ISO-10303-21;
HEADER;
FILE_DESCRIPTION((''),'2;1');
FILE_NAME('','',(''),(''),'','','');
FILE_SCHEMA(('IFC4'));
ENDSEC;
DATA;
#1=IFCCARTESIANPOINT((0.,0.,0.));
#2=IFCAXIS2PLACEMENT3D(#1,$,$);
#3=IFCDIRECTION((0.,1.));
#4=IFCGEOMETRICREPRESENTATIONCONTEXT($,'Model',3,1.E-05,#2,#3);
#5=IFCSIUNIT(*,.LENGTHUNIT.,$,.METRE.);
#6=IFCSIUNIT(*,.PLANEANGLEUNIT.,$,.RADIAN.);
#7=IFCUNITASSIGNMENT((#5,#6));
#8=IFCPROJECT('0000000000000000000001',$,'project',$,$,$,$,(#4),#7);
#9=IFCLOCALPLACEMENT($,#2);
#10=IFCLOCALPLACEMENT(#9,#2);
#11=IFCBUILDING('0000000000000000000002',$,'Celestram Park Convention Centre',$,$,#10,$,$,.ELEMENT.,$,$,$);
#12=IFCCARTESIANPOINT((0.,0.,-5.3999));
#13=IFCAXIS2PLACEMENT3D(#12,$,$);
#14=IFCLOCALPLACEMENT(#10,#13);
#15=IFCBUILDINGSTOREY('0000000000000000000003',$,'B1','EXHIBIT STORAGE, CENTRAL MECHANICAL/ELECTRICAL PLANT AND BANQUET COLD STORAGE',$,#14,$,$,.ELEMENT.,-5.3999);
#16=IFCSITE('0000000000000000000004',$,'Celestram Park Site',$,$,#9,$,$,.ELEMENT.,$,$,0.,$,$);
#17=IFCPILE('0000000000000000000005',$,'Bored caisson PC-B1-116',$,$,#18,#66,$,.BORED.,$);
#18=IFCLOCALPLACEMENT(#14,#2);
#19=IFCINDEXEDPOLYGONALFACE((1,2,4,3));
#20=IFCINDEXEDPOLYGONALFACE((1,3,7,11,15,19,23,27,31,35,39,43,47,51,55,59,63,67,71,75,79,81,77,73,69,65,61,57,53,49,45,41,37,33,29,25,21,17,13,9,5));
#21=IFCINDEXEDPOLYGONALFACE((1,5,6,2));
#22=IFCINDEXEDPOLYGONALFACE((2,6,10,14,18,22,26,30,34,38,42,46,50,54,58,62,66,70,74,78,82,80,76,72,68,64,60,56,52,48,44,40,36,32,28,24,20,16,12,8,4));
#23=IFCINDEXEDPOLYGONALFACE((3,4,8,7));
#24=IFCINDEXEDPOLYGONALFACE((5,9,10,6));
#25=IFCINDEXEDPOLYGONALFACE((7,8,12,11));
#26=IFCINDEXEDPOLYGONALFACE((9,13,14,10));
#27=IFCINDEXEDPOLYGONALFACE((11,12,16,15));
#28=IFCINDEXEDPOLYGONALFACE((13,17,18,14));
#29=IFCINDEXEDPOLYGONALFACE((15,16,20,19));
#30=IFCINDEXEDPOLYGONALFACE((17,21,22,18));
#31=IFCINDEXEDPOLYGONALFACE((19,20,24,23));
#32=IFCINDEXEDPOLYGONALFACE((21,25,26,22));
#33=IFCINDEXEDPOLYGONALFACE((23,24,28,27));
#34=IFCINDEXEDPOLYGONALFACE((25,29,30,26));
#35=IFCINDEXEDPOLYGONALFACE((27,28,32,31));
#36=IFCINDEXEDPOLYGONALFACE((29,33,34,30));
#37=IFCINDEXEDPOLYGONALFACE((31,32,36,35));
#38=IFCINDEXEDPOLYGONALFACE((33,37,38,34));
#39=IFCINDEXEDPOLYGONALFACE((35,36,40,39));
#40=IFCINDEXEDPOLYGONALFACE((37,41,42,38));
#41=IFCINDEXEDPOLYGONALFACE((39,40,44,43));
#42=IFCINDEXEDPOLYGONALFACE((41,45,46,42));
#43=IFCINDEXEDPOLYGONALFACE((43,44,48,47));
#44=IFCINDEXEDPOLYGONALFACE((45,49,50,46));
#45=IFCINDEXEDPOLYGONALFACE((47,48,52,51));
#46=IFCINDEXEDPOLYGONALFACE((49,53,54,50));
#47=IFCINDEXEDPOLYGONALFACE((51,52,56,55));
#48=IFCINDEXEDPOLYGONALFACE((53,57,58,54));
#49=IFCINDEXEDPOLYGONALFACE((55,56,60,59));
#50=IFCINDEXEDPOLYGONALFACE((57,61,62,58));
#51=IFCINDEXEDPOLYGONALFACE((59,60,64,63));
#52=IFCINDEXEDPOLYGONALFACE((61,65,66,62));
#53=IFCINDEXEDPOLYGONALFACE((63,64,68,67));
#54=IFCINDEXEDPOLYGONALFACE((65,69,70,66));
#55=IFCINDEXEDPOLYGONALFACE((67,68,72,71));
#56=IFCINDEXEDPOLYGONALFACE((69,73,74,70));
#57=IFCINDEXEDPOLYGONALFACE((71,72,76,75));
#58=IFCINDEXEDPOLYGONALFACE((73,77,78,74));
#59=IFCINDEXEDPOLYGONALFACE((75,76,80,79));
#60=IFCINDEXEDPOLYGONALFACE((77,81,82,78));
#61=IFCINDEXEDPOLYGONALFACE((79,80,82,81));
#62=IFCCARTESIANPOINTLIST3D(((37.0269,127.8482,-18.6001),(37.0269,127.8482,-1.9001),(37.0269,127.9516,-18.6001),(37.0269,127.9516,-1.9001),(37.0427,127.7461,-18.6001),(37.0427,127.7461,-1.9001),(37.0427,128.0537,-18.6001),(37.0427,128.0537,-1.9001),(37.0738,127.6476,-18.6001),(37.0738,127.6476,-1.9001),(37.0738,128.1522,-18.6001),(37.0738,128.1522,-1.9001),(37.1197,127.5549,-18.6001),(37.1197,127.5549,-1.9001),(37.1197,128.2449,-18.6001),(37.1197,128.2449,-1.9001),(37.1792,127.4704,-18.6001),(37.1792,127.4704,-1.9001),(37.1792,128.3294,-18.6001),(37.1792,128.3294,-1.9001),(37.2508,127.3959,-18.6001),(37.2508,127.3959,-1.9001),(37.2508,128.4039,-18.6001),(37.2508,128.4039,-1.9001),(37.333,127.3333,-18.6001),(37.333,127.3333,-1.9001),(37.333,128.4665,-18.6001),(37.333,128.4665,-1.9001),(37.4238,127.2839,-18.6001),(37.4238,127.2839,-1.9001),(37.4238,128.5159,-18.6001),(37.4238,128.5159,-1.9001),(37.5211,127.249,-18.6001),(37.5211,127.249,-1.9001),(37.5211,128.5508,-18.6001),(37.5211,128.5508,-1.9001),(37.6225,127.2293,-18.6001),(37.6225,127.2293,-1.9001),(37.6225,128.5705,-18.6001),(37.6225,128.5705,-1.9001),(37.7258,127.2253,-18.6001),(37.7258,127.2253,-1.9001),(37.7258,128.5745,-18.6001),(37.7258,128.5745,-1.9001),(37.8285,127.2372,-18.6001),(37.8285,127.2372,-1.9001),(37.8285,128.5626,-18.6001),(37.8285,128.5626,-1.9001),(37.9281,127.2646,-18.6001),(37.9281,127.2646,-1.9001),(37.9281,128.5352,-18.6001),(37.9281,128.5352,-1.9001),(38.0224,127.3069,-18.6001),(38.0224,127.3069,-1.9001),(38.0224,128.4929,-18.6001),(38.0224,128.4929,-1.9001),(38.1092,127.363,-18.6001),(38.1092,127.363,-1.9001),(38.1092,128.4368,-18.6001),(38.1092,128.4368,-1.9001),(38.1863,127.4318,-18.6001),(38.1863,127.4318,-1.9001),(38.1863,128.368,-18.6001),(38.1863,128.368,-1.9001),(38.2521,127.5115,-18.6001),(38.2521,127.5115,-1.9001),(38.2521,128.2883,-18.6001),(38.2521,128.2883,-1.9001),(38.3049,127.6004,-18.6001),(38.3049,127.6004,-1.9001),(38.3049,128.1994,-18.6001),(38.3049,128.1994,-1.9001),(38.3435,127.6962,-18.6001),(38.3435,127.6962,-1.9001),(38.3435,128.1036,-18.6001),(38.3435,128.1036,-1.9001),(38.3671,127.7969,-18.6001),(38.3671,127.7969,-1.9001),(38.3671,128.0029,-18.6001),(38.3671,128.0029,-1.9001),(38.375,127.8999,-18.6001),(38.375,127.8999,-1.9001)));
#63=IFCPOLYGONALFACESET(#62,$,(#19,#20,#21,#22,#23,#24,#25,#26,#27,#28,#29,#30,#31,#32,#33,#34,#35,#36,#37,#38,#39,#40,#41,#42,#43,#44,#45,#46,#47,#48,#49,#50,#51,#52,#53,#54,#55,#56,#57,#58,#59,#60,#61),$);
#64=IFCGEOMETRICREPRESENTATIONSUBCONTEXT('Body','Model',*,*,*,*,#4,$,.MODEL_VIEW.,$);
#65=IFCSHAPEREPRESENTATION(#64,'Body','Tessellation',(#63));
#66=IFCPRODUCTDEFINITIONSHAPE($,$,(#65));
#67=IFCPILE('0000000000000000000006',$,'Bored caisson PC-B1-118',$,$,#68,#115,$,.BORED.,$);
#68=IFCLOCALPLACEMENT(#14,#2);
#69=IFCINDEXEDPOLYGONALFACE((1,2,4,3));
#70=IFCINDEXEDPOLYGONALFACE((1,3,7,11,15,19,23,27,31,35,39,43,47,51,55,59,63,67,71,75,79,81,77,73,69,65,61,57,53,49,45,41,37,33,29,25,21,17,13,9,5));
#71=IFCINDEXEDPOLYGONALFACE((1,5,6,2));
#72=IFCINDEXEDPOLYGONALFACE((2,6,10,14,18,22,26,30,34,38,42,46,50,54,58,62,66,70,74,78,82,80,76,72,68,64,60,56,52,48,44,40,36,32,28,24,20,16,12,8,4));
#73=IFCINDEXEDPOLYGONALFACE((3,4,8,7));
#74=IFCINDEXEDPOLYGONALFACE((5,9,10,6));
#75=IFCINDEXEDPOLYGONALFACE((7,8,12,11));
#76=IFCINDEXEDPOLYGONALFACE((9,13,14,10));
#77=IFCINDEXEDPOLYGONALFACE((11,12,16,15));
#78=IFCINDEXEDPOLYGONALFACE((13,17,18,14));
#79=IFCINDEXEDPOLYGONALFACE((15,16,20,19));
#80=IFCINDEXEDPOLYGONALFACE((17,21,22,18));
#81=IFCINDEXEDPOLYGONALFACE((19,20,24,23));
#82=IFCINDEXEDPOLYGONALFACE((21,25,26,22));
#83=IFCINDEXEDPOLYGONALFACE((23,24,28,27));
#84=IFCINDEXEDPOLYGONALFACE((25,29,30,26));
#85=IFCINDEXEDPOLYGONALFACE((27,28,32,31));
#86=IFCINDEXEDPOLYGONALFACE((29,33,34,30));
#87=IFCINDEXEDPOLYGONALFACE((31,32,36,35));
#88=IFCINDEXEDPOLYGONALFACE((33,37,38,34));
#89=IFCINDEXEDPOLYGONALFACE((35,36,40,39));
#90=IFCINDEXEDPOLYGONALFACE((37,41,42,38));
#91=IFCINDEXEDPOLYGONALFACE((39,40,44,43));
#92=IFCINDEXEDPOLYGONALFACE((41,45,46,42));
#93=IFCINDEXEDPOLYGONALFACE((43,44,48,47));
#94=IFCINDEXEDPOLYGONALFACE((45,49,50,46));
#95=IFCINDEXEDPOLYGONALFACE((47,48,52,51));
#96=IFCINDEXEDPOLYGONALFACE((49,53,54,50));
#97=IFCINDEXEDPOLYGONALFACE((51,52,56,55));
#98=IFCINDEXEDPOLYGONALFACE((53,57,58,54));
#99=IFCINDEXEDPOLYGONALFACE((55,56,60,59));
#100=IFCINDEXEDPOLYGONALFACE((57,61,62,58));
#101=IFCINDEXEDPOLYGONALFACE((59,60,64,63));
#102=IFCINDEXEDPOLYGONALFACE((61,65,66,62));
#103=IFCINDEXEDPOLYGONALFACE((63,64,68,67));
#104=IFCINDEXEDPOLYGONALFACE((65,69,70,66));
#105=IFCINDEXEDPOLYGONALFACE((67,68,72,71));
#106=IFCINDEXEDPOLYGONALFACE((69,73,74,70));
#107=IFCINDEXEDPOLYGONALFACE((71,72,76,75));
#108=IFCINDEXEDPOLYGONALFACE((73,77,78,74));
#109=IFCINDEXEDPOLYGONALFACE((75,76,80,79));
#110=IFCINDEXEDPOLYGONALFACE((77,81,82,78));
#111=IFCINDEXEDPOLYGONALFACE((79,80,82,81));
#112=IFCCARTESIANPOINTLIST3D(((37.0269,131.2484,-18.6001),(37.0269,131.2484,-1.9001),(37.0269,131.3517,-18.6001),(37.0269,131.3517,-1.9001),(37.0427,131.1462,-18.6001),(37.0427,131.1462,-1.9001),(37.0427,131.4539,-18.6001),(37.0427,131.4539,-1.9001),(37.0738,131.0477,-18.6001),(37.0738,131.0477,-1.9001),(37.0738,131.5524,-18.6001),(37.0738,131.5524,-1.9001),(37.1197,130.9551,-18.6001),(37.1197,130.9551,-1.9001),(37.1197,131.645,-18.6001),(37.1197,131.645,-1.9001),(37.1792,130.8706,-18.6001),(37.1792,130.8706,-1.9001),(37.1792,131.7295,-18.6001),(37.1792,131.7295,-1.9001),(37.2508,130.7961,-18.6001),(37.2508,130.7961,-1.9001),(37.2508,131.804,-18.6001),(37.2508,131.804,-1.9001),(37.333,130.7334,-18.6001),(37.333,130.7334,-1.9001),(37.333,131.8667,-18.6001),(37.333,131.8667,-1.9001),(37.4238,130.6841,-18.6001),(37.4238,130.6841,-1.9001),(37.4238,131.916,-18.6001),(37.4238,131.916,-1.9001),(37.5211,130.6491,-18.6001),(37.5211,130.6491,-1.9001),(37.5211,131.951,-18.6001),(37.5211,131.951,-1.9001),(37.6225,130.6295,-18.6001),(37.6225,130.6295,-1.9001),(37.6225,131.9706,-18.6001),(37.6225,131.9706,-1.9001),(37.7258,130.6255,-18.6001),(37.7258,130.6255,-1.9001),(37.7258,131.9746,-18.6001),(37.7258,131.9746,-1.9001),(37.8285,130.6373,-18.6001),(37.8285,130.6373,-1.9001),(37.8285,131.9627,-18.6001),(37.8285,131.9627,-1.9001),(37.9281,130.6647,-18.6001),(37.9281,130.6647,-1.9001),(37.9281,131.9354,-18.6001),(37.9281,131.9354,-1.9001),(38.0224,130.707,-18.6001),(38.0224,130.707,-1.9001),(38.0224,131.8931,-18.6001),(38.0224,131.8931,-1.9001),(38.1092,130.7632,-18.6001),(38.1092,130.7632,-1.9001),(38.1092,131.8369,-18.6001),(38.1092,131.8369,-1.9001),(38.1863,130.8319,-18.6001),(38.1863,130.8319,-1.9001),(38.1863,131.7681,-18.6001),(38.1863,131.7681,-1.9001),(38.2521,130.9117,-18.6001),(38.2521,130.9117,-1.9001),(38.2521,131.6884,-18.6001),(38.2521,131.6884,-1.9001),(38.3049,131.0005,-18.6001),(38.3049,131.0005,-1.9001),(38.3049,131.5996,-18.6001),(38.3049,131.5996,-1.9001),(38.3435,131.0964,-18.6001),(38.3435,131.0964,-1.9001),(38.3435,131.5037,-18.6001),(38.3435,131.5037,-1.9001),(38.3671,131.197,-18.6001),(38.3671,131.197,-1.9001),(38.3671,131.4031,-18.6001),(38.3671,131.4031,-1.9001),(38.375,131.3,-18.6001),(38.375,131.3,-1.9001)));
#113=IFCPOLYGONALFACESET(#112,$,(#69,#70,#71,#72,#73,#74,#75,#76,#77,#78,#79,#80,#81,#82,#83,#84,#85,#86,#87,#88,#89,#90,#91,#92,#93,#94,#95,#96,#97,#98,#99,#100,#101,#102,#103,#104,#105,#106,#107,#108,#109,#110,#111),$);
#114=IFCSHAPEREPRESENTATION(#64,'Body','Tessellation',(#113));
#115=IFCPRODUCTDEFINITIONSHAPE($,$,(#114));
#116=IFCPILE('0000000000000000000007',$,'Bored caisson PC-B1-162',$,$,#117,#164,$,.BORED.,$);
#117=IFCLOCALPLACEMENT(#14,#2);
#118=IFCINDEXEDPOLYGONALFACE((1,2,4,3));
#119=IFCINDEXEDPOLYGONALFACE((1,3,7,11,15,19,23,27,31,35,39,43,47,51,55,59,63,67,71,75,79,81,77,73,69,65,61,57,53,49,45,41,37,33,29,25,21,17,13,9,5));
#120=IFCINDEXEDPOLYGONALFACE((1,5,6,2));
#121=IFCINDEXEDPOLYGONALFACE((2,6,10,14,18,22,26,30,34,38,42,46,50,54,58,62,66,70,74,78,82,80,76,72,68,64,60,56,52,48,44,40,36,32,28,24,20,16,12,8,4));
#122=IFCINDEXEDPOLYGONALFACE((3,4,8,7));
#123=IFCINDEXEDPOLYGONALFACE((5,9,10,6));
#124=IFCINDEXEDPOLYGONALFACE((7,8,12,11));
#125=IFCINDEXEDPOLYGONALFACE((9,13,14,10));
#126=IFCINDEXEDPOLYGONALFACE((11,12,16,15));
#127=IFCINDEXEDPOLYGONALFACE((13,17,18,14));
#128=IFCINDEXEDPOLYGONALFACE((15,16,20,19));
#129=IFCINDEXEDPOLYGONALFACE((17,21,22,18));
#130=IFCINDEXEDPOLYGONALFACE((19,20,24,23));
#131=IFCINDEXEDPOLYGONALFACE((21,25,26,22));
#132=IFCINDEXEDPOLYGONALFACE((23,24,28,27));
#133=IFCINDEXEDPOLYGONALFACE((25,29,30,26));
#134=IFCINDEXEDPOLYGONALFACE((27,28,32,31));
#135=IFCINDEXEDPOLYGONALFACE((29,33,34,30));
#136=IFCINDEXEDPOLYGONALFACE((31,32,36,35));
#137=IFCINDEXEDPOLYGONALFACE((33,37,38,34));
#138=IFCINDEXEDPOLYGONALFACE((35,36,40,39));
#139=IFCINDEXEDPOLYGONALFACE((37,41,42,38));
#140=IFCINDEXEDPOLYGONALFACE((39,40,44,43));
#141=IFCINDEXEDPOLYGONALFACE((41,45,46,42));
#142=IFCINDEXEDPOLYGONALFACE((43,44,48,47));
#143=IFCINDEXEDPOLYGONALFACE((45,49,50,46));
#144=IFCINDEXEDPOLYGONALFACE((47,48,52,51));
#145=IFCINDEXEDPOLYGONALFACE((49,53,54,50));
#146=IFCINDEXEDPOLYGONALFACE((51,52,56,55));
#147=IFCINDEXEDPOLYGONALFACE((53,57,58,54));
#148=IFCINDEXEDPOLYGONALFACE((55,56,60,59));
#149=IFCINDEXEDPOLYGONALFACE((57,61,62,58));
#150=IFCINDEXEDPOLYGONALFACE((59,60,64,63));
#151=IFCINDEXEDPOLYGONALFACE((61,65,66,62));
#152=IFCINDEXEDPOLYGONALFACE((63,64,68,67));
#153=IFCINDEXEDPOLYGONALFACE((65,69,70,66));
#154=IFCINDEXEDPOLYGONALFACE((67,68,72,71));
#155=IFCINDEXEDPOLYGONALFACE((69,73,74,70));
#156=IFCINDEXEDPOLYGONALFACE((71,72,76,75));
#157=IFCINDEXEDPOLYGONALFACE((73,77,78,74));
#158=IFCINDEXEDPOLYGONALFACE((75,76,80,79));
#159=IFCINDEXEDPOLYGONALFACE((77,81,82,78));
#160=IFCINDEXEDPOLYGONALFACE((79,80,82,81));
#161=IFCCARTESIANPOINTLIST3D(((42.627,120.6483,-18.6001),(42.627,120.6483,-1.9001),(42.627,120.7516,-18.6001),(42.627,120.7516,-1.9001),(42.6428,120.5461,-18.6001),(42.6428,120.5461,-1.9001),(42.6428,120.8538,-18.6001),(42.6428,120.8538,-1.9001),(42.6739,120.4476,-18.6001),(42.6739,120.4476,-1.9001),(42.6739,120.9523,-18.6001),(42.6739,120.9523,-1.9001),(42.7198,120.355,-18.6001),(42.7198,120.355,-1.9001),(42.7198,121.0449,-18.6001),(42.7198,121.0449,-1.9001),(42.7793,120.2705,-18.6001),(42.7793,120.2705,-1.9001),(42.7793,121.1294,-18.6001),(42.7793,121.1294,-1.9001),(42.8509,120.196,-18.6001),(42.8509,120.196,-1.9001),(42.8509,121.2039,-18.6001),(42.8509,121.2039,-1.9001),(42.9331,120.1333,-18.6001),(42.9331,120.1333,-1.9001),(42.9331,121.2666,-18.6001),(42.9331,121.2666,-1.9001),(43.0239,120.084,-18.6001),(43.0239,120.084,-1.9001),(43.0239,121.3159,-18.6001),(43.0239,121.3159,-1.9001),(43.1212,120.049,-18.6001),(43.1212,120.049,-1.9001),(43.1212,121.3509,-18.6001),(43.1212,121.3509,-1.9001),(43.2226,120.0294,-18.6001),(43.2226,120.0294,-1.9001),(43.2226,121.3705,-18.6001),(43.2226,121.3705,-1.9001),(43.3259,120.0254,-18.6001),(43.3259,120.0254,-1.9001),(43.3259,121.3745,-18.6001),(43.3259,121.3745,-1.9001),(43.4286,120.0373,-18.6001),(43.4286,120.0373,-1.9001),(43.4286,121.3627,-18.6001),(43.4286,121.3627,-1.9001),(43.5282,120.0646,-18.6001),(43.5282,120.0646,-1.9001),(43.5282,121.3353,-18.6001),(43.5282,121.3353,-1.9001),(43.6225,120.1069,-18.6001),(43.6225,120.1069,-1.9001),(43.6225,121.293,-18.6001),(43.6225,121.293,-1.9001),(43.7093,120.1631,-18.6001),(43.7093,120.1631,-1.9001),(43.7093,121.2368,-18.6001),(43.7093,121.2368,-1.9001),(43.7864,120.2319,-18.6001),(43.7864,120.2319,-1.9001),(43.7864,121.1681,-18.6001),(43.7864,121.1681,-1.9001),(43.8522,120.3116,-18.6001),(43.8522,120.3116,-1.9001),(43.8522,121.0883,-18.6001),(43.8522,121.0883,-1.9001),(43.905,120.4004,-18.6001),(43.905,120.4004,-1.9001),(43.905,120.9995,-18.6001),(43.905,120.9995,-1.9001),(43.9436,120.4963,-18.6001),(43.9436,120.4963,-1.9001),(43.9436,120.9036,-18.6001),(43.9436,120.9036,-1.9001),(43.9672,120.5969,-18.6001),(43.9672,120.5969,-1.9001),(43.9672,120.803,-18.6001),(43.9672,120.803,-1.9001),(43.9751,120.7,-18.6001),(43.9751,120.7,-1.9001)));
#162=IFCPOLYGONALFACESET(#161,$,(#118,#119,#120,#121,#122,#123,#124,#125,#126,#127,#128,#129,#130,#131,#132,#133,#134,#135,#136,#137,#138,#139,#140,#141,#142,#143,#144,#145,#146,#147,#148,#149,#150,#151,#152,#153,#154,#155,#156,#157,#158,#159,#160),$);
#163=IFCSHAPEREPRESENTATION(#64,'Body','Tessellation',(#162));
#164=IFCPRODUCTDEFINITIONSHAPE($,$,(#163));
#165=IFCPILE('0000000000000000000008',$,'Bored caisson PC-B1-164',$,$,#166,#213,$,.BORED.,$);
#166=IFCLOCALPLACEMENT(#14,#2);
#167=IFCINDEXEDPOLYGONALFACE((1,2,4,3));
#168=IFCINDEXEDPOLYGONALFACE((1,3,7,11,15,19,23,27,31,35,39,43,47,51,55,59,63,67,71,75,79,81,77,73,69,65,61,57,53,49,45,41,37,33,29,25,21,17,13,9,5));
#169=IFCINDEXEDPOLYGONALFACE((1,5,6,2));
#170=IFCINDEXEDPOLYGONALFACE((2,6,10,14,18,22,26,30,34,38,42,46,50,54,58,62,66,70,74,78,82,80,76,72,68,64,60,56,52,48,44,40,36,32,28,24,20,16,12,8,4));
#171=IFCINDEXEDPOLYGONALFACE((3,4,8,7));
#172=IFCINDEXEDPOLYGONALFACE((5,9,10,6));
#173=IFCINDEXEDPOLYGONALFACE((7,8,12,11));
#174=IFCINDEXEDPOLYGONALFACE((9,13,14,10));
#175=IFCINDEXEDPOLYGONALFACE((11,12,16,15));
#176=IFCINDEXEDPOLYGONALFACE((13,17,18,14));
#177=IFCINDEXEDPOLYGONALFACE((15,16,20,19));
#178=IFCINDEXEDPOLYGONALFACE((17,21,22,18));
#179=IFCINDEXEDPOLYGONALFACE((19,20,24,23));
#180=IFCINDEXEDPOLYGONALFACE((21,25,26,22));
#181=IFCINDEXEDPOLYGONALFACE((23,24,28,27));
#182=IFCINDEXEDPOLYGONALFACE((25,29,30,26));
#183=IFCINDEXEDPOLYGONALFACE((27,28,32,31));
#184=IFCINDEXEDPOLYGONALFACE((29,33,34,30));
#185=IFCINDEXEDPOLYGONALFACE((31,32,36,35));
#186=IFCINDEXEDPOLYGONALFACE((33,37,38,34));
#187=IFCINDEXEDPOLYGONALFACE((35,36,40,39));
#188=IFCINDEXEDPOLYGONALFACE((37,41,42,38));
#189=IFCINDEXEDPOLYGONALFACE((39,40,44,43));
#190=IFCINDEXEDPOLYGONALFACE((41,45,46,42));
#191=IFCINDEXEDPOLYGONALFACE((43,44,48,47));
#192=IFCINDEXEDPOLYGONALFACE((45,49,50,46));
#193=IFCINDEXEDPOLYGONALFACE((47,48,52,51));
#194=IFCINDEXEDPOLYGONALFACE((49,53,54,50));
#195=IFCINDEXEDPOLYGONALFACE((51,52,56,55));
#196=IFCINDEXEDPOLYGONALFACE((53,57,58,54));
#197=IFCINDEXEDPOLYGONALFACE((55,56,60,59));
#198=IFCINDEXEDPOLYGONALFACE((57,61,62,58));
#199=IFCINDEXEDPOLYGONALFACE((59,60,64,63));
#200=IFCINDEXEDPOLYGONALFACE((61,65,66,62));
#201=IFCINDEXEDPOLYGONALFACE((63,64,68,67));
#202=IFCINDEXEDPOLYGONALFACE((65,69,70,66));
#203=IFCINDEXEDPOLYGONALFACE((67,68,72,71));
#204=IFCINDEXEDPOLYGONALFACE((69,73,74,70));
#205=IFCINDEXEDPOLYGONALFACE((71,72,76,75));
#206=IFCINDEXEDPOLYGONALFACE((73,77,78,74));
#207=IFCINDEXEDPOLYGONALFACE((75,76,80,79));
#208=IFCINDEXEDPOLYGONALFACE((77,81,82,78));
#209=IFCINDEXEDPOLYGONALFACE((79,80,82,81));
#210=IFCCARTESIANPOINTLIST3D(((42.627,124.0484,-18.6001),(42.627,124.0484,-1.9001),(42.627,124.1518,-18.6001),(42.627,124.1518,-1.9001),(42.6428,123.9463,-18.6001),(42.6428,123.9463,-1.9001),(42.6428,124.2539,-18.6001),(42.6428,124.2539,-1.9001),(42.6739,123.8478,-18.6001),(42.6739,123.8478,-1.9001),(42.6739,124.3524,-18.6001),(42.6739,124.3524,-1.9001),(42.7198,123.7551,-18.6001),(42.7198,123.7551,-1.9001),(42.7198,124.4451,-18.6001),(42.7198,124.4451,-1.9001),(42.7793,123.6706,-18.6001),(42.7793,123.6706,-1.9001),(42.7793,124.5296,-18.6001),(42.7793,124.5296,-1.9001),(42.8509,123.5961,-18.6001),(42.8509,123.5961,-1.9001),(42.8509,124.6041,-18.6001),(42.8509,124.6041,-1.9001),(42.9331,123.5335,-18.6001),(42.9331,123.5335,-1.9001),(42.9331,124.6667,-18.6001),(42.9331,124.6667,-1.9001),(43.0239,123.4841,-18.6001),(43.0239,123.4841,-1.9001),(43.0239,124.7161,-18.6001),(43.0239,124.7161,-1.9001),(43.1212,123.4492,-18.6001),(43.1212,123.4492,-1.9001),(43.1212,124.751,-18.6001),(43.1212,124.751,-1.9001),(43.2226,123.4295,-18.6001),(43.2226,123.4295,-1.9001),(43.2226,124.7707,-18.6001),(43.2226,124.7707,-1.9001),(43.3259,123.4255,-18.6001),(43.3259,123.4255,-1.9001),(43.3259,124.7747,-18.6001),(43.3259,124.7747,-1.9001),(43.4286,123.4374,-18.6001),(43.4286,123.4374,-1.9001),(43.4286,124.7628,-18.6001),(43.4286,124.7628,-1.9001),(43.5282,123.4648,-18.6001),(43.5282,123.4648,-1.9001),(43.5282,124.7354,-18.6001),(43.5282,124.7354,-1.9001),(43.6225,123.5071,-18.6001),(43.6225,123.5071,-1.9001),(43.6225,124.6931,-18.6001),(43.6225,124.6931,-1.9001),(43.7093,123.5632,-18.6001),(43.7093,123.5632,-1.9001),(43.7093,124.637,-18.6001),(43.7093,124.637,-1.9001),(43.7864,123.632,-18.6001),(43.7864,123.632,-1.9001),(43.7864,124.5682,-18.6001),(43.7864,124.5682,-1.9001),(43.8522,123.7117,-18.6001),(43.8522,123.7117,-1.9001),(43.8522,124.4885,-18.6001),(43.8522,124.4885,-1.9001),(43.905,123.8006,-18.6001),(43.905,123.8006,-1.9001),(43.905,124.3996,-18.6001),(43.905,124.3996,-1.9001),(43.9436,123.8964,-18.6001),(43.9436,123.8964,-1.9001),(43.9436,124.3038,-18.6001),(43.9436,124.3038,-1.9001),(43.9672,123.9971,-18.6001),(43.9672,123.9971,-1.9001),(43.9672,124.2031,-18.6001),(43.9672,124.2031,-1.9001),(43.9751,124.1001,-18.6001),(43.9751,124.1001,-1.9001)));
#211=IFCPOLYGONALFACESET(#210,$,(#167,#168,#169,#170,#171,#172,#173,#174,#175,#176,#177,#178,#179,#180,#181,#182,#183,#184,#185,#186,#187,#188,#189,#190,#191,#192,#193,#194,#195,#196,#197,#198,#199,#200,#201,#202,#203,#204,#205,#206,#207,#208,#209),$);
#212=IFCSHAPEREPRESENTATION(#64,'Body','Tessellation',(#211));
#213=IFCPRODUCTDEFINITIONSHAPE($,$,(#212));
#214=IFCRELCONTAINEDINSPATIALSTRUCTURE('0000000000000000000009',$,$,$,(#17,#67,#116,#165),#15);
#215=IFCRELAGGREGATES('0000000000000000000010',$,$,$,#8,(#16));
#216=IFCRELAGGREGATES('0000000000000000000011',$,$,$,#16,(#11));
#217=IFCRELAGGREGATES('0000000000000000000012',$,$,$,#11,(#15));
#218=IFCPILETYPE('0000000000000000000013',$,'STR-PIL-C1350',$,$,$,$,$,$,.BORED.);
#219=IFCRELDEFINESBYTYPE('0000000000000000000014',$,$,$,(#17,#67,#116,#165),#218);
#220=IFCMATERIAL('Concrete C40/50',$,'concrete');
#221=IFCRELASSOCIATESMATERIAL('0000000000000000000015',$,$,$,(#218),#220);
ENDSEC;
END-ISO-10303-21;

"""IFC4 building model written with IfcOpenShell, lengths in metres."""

from ifc_helpers import new_model, si_unit, direction, frame, origin, origin_2d, place, context, subcontext, project, spatial, circle, extrude, material, material_profile, profile_set, type_object, element, save


model = new_model("IFC4")

# Units and contexts
model_context = context("Model", 3, precision=1e-05, world=origin(), true_north=direction((0.0, 1.0)))
body_context = subcontext(model_context, "Body", "Model", "MODEL_VIEW")
ifc_project = project(units=[si_unit("LENGTHUNIT", "METRE"), si_unit("PLANEANGLEUNIT", "RADIAN")], contexts=[model_context])

# Site, building, storey
site_placement = place(None, origin())
site = spatial("IfcSite", under=ifc_project, at=site_placement, Name="Celestram Park Site", CompositionType="ELEMENT", RefElevation=0.0)
building_placement = place(site_placement, origin())
building = spatial("IfcBuilding", under=site, at=building_placement, Name="Celestram Park Convention Centre", CompositionType="ELEMENT")
storey_placement = place(building_placement, frame((0.0, 0.0, -5.3999)))
storey = spatial("IfcBuildingStorey", under=building, at=storey_placement, Name="B1", Description="EXHIBIT STORAGE, CENTRAL MECHANICAL/ELECTRICAL PLANT AND BANQUET COLD STORAGE", CompositionType="ELEMENT", Elevation=-5.3999)

# Shared definitions
ifc_material_1 = material(Name="Concrete C40/50", Category="concrete")

# Piles
ifc_material_profile_1 = material_profile(ifc_material_1, circle(Radius=0.675, at=origin_2d()), Name="CAISSON1350")
ifc_profile_set_1 = profile_set([ifc_material_profile_1], Name="Concrete C40/50")
pile_type = type_object("IfcPileType", Name="STR-PIL-C1350", PredefinedType="BORED", material=ifc_profile_set_1)
for number, where, z_axis, x_axis, name in (
    (1, (37.7, 127.8999, -1.9001), (0.0, 0.0, -1.0), (1.0, 0.0, 0.0), "Bored caisson PC-B1-116"),
    (2, (37.7, 131.3, -1.9001), (0.0, 0.0, -1.0), (1.0, 0.0, 0.0), "Bored caisson PC-B1-118"),
    (3, (43.3, 120.7, -1.9001), (0.0, 0.0, -1.0), (1.0, 0.0, 0.0), "Bored caisson PC-B1-162"),
    (4, (43.3, 124.1001, -1.9001), (0.0, 0.0, -1.0), (1.0, 0.0, 0.0), "Bored caisson PC-B1-164"),
):
    element("IfcPile", number, at=place(storey_placement, frame(where, z_axis=z_axis, x_axis=x_axis)), inside=storey, type_object=pile_type, Name=name, PredefinedType="BORED", context=body_context, shape_type="SweptSolid", body=[
        extrude(circle(Radius=0.675, at=origin_2d()), origin(), (0.0, 0.0, 1.0), 16.7),
    ])

save(model, "model.ifc")
